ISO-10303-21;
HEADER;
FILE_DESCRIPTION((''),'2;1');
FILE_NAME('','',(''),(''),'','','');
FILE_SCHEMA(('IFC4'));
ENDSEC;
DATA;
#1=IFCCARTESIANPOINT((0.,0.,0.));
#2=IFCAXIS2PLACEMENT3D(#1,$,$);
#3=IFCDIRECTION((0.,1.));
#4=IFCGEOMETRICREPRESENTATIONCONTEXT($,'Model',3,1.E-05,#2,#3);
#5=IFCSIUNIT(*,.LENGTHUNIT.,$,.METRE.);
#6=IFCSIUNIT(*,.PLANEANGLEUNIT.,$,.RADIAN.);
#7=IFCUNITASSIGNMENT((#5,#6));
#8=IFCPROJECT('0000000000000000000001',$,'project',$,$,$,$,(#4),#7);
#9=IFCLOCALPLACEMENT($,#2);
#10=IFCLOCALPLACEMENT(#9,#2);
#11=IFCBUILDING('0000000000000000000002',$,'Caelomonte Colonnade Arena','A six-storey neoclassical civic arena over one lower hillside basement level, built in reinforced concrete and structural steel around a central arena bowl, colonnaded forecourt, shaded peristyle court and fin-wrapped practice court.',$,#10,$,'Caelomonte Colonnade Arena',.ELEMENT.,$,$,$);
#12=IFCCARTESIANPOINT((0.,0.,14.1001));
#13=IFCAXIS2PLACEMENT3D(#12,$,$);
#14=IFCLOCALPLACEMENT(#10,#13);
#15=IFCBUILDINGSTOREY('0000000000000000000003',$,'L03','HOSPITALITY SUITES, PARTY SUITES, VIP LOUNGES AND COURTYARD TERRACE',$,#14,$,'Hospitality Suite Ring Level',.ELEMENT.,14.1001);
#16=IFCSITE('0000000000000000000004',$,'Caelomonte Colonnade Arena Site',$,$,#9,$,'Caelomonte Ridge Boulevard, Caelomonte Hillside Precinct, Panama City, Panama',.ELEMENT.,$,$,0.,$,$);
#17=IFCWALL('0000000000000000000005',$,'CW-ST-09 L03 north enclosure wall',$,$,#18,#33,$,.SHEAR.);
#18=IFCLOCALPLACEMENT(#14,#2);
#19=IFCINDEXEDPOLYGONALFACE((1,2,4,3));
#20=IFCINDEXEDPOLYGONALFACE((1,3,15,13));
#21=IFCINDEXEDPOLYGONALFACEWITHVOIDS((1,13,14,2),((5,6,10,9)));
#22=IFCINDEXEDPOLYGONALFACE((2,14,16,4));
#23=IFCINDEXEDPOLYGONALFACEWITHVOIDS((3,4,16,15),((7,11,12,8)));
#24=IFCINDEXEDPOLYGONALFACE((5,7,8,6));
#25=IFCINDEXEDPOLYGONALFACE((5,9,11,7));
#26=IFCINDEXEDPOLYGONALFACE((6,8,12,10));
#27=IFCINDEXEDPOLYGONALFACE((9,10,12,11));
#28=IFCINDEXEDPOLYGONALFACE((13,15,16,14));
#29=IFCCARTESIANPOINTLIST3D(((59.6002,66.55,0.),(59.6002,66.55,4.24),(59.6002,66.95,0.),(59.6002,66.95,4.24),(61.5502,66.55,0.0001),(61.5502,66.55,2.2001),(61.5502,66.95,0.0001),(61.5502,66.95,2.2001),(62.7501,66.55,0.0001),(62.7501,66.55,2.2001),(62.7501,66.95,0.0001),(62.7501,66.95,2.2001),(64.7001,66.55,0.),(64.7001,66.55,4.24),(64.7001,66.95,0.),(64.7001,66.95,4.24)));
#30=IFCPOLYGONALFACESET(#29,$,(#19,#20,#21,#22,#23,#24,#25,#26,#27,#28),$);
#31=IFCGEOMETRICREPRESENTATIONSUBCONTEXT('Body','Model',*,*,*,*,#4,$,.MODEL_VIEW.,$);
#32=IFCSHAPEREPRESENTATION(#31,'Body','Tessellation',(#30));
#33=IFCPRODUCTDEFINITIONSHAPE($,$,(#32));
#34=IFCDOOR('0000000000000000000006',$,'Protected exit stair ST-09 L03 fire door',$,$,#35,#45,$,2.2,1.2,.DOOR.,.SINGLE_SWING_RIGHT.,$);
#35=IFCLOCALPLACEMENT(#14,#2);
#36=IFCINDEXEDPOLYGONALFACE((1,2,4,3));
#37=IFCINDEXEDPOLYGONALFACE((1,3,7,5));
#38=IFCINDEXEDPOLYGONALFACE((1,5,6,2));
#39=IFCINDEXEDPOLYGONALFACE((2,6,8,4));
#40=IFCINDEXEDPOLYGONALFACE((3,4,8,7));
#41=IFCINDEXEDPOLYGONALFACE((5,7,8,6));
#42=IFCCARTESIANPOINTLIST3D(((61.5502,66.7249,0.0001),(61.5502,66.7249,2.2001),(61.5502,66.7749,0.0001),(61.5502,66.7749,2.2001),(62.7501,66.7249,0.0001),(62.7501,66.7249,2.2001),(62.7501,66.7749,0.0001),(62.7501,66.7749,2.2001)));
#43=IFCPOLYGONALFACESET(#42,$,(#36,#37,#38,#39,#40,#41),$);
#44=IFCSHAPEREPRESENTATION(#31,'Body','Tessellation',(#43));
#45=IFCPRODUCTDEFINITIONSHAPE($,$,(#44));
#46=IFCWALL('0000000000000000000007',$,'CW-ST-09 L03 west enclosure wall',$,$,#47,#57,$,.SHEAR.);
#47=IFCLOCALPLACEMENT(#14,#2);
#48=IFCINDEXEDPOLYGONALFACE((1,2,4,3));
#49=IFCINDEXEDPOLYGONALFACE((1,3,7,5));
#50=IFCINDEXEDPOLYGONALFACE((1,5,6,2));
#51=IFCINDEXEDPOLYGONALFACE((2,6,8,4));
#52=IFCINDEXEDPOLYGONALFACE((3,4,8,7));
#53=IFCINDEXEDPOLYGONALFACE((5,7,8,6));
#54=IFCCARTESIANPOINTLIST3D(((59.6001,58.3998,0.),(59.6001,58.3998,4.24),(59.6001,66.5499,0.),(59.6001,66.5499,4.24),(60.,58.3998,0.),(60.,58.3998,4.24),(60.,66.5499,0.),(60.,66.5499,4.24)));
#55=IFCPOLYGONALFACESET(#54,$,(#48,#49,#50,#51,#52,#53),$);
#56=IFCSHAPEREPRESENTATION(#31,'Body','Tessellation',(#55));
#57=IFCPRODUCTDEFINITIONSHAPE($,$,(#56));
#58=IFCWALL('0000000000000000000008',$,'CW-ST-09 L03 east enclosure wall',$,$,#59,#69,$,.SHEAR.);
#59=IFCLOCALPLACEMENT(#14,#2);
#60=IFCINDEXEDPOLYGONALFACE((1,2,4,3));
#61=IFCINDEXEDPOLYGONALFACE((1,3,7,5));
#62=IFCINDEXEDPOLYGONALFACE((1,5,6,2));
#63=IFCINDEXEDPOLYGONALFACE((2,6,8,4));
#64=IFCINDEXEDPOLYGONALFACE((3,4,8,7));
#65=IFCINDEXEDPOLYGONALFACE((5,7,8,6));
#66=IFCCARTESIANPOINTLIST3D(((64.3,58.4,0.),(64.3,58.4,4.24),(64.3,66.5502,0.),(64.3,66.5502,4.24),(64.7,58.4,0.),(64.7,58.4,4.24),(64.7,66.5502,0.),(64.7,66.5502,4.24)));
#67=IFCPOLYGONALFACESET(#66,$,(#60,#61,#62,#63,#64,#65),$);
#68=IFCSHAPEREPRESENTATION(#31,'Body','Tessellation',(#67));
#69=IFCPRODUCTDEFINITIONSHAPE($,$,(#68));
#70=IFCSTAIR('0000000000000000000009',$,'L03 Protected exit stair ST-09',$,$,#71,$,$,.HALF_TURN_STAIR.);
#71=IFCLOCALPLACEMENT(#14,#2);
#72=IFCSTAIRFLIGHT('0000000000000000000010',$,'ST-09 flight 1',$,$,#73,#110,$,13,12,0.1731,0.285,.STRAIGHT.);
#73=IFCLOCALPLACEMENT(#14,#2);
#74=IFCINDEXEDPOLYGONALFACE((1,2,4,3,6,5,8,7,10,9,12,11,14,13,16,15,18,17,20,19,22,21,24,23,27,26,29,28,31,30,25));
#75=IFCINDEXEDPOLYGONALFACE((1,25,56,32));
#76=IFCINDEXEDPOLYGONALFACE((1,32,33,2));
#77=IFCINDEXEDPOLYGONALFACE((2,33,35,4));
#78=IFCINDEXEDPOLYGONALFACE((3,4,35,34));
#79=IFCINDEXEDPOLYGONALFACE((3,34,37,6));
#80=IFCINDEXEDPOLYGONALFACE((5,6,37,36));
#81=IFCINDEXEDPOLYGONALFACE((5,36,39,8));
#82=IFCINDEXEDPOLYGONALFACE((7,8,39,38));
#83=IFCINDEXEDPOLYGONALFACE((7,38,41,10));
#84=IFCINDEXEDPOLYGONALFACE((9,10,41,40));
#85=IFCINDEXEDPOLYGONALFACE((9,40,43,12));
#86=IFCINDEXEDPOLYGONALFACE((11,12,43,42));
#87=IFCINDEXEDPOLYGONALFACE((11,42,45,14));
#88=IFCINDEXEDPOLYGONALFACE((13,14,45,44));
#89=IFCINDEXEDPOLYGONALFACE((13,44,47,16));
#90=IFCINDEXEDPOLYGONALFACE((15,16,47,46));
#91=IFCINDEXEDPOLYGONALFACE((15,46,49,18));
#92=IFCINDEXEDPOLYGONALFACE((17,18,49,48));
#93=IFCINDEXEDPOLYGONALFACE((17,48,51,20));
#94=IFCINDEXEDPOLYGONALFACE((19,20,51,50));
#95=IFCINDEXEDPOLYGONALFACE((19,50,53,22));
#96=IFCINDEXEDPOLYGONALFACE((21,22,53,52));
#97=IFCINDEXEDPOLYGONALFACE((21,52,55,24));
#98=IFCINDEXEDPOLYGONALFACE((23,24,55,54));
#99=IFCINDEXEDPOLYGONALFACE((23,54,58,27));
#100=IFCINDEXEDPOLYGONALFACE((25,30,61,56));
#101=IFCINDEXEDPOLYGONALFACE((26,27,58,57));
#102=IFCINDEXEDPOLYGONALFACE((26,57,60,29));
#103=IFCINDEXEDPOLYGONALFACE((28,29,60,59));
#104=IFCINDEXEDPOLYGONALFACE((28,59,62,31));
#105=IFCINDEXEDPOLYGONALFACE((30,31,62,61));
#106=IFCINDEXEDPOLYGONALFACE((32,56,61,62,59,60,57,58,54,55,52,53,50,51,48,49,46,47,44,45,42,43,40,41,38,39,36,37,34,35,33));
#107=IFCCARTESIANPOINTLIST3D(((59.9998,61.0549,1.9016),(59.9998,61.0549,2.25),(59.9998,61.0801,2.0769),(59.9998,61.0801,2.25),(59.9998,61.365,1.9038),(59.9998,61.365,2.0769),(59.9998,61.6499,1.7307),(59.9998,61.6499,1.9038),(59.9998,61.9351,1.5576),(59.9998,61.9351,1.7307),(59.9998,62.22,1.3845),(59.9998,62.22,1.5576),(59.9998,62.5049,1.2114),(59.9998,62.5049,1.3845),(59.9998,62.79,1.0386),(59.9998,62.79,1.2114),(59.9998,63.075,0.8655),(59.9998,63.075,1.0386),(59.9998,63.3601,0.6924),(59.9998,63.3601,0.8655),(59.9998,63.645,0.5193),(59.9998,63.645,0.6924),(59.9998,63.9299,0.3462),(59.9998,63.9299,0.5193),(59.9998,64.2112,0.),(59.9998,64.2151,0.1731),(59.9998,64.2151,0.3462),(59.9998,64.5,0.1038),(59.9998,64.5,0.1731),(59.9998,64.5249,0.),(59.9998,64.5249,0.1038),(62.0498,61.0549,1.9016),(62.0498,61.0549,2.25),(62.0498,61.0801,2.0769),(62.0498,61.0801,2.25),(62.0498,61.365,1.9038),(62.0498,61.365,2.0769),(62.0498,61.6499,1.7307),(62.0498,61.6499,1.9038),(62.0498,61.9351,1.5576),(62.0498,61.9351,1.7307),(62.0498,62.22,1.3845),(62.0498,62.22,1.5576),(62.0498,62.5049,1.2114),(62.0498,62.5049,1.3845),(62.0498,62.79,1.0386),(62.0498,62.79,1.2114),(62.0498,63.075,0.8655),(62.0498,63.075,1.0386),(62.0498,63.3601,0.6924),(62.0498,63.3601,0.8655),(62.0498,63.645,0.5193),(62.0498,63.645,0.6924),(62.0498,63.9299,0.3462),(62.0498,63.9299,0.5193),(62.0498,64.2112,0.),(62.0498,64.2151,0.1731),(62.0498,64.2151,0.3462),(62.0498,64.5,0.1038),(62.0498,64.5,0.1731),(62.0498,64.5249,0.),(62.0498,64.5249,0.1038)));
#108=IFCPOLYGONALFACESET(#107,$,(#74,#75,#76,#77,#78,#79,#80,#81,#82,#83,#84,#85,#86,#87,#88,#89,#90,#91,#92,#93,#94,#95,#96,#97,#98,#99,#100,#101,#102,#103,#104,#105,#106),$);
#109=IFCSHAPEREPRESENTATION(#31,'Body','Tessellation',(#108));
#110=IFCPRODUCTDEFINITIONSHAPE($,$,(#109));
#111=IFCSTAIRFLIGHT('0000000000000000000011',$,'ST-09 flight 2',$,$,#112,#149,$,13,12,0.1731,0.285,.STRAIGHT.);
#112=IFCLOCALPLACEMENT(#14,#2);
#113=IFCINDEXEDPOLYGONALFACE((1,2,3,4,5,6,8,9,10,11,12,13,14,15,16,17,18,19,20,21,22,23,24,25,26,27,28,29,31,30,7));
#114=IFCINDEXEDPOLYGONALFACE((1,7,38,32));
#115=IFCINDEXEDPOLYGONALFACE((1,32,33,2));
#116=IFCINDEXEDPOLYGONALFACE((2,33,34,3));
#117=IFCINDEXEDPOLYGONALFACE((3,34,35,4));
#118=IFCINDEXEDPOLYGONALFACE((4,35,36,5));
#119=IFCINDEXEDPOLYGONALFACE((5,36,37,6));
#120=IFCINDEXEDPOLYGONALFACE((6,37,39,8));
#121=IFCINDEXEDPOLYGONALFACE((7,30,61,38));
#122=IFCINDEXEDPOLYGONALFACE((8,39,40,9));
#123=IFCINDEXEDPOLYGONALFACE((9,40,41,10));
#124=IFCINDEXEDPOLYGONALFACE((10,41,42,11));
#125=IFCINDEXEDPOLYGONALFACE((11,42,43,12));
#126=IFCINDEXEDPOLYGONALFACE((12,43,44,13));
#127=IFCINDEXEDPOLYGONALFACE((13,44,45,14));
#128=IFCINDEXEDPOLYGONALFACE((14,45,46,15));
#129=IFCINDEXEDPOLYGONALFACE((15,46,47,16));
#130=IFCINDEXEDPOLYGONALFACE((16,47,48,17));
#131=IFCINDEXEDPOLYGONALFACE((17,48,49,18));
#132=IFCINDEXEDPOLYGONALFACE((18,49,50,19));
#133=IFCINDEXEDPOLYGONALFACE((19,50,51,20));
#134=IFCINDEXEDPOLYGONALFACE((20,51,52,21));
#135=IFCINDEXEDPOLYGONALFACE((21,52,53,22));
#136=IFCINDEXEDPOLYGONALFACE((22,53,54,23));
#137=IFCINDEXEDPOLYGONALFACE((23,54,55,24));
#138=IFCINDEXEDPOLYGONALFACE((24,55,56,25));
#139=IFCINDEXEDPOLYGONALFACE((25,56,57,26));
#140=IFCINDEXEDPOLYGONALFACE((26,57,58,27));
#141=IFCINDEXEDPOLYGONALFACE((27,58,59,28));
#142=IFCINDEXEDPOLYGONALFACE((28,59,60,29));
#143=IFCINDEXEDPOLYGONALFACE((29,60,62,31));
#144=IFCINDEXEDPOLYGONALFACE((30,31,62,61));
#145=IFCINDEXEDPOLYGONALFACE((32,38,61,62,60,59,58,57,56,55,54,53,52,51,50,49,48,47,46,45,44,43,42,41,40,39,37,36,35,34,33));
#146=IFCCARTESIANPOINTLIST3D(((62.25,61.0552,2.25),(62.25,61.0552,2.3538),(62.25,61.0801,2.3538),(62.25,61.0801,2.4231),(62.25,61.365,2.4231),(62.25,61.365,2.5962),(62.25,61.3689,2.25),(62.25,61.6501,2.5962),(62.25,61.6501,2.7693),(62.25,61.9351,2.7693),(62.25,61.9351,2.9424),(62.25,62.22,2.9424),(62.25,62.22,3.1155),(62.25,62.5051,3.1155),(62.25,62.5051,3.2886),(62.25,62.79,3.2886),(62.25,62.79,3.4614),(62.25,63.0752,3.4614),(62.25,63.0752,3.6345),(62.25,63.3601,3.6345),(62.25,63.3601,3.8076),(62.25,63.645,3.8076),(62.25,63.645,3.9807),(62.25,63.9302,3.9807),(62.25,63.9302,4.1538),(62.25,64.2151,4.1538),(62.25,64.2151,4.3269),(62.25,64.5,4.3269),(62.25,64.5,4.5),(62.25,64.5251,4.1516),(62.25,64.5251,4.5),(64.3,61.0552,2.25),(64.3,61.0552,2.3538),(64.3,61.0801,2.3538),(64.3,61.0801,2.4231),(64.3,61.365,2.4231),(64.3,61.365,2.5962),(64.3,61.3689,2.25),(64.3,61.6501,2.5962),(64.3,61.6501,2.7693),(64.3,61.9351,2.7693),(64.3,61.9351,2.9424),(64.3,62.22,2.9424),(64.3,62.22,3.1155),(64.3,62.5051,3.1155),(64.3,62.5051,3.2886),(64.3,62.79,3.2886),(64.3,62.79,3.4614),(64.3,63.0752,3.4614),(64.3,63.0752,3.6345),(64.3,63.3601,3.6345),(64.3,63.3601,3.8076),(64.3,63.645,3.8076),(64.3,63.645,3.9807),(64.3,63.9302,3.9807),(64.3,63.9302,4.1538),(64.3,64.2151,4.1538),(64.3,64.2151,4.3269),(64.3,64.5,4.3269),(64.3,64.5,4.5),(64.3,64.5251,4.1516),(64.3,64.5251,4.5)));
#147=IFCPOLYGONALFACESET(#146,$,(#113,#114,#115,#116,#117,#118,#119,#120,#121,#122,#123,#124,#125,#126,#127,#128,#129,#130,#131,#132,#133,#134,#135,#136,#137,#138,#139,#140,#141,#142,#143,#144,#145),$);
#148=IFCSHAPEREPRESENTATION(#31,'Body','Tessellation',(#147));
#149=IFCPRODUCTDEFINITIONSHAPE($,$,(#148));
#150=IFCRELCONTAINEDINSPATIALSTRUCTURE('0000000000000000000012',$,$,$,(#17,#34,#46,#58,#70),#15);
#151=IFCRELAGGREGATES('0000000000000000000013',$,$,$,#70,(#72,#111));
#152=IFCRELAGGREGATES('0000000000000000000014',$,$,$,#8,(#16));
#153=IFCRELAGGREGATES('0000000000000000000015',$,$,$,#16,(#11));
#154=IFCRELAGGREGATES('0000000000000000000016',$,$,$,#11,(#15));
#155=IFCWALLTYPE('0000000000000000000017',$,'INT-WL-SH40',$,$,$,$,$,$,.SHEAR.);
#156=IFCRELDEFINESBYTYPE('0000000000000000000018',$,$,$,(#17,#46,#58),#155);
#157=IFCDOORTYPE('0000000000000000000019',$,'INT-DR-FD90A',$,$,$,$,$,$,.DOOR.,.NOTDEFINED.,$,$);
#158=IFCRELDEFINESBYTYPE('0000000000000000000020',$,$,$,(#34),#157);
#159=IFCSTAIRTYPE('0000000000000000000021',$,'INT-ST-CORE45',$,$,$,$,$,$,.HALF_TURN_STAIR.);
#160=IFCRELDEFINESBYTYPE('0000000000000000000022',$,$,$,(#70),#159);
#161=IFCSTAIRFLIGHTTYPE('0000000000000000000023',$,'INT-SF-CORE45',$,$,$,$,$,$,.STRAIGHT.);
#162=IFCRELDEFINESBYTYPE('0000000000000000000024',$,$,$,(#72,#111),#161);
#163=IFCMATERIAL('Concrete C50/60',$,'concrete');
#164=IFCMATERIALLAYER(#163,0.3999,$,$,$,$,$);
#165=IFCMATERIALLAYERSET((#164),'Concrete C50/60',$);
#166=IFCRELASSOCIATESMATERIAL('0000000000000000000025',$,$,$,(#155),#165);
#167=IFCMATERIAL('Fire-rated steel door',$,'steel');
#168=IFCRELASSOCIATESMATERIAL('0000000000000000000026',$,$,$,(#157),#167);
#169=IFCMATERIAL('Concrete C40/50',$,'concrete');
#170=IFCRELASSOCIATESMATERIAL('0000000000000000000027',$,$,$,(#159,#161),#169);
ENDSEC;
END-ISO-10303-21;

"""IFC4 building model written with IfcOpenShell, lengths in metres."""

from ifc_helpers import new_model, si_unit, direction, frame, frame_2d, origin, place, context, subcontext, project, spatial, polyline, rectangle, outline, extrude, material, layer, layer_set, type_object, element, fill, aggregate, save


model = new_model("IFC4")

# Units and contexts
model_context = context("Model", 3, precision=1e-05, world=origin(), true_north=direction((0.0, 1.0)))
body_context = subcontext(model_context, "Body", "Model", "MODEL_VIEW")
ifc_project = project(units=[si_unit("LENGTHUNIT", "METRE"), si_unit("PLANEANGLEUNIT", "RADIAN")], contexts=[model_context])

# Site, building, storey
site_placement = place(None, origin())
site = spatial("IfcSite", under=ifc_project, at=site_placement, Name="Caelomonte Colonnade Arena Site", LongName="Caelomonte Ridge Boulevard, Caelomonte Hillside Precinct, Panama City, Panama", CompositionType="ELEMENT", RefElevation=0.0)
building_placement = place(site_placement, origin())
building = spatial("IfcBuilding", under=site, at=building_placement, Name="Caelomonte Colonnade Arena", Description="A six-storey neoclassical civic arena over one lower hillside basement level, built in reinforced concrete and structural steel around a central arena bowl, colonnaded forecourt, shaded peristyle court and fin-wrapped practice court.", LongName="Caelomonte Colonnade Arena", CompositionType="ELEMENT")
storey_placement = place(building_placement, frame((0.0, 0.0, 14.1001)))
storey = spatial("IfcBuildingStorey", under=building, at=storey_placement, Name="L03", Description="HOSPITALITY SUITES, PARTY SUITES, VIP LOUNGES AND COURTYARD TERRACE", LongName="Hospitality Suite Ring Level", CompositionType="ELEMENT", Elevation=14.1001)

# Shared definitions
ifc_material_1 = material(Name="Concrete C40/50", Category="concrete")

# Shared definitions
ifc_material_2 = material(Name="Concrete C50/60", Category="concrete")
ifc_layer_1 = layer(ifc_material_2, 0.3999)
ifc_layer_set_1 = layer_set([ifc_layer_1], Name="Concrete C50/60")
wall_type_1 = type_object("IfcWallType", Name="INT-WL-SH40", PredefinedType="SHEAR", material=ifc_layer_set_1)

# Wall, opening, door
wall_1_placement = place(storey_placement, frame((64.7, 66.75, 0.0), z_axis=(0.0, 0.0, 1.0), x_axis=(-1.0, 0.0, 0.0)))
wall_1 = element("IfcWall", 1, at=wall_1_placement, inside=storey, type_object=wall_type_1, Name="CW-ST-09 L03 north enclosure wall", PredefinedType="SHEAR", context=body_context, shape_type="SweptSolid", body=[
    extrude(rectangle(XDim=5.0999, YDim=0.3999, at=frame_2d((2.5498, 0.0))), origin(), (0.0, 0.0, 1.0), 4.24),
])
opening_placement = place(wall_1_placement, frame((3.1499, 0.0, 0.0), z_axis=(0.0, 0.0, 1.0), x_axis=(-1.0, 0.0, 0.0)))
opening = element("IfcOpeningElement", 2, at=opening_placement, cuts=wall_1, PredefinedType="OPENING", context=body_context, shape_type="SweptSolid", body=[
    extrude(rectangle(XDim=1.2, YDim=2.2, at=frame_2d((0.6001, 1.1001))), frame((0.0, 0.21, 0.0), z_axis=(0.0, -1.0, 0.0), x_axis=(1.0, 0.0, 0.0)), (0.0, 0.0, 1.0), 0.4199),
])
ifc_material_3 = material(Name="Fire-rated steel door", Category="steel")
door_type = type_object("IfcDoorType", Name="INT-DR-FD90A", OperationType="NOTDEFINED", PredefinedType="DOOR", material=ifc_material_3)
door_placement = place(opening_placement, origin())
door = element("IfcDoor", 3, at=door_placement, inside=storey, type_object=door_type, Name="Protected exit stair ST-09 L03 fire door", OperationType="SINGLE_SWING_RIGHT", OverallHeight=2.2, OverallWidth=1.2, PredefinedType="DOOR", context=body_context, shape_type="SweptSolid", body=[
    extrude(rectangle(XDim=1.2, YDim=2.2, at=frame_2d((0.6001, 1.1001))), frame((0.0, 0.0249, 0.0), z_axis=(0.0, -1.0, 0.0), x_axis=(1.0, 0.0, 0.0)), (0.0, 0.0, 1.0), 0.05),
])
fill(opening, door)

# Walls
for number, where, z_axis, x_axis, name in (
    (4, (59.8, 66.55, 0.0), (0.0, 0.0, 1.0), (0.0, -1.0, 0.0), "CW-ST-09 L03 west enclosure wall"),
    (5, (64.5, 58.3999, 0.0), (0.0, 0.0, 1.0), (0.0, 1.0, 0.0), "CW-ST-09 L03 east enclosure wall"),
):
    element("IfcWall", number, at=place(storey_placement, frame(where, z_axis=z_axis, x_axis=x_axis)), inside=storey, type_object=wall_type_1, Name=name, PredefinedType="SHEAR", context=body_context, shape_type="SweptSolid", body=[
        extrude(rectangle(XDim=8.1501, YDim=0.3999, at=frame_2d((4.0752, 0.0))), origin(), (0.0, 0.0, 1.0), 4.24),
    ])

# Stair, stair flights
stair_type = type_object("IfcStairType", Name="INT-ST-CORE45", PredefinedType="HALF_TURN_STAIR", material=ifc_material_1)
stair_placement = place(storey_placement, origin())
stair = element("IfcStair", 6, at=stair_placement, inside=storey, type_object=stair_type, Name="L03 Protected exit stair ST-09", PredefinedType="HALF_TURN_STAIR")
stair_flight_type = type_object("IfcStairFlightType", Name="INT-SF-CORE45", PredefinedType="STRAIGHT", material=ifc_material_1)
stair_flight_1_placement = place(storey_placement, frame((61.0249, 64.5, 0.0), z_axis=(0.0, 0.0, 1.0), x_axis=(0.0, -1.0, 0.0)))
stair_flight_1 = element("IfcStairFlight", 7, at=stair_flight_1_placement, type_object=stair_flight_type, Name="ST-09 flight 1", NumberOfRisers=13, NumberOfTreads=12, PredefinedType="STRAIGHT", RiserHeight=0.1731, TreadLength=0.285, context=body_context, shape_type="SweptSolid", body=[
    extrude(outline(polyline([(-0.0249, 0.0), (-0.0249, 0.1038), (0.0, 0.1038), (0.0, 0.1731), (0.2849, 0.1731), (0.2849, 0.3462), (0.5701, 0.3462), (0.5701, 0.5193), (0.855, 0.5193), (0.855, 0.6924), (1.1399, 0.6924), (1.1399, 0.8655), (1.425, 0.8655), (1.425, 1.0386), (1.71, 1.0386), (1.71, 1.2114), (1.9951, 1.2114), (1.9951, 1.3845), (2.28, 1.3845), (2.28, 1.5576), (2.5649, 1.5576), (2.5649, 1.7307), (2.8501, 1.7307), (2.8501, 1.9038), (3.135, 1.9038), (3.135, 2.0769), (3.4199, 2.0769), (3.4199, 2.25), (3.4451, 2.25), (3.4451, 1.9016), (0.2888, 0.0), (-0.0249, 0.0)])), frame((0.0, 1.0249, 0.0), z_axis=(0.0, -1.0, 0.0), x_axis=(1.0, 0.0, 0.0)), (0.0, 0.0, 1.0), 2.05),
])
stair_flight_2_placement = place(storey_placement, frame((63.2749, 61.0801, 2.25), z_axis=(0.0, 0.0, 1.0), x_axis=(0.0, 1.0, 0.0)))
stair_flight_2 = element("IfcStairFlight", 8, at=stair_flight_2_placement, type_object=stair_flight_type, Name="ST-09 flight 2", NumberOfRisers=13, NumberOfTreads=12, PredefinedType="STRAIGHT", RiserHeight=0.1731, TreadLength=0.285, context=body_context, shape_type="SweptSolid", body=[
    extrude(outline(polyline([(-0.0249, 0.0), (-0.0249, 0.1038), (0.0, 0.1038), (0.0, 0.1731), (0.2849, 0.1731), (0.2849, 0.3462), (0.5701, 0.3462), (0.5701, 0.5193), (0.855, 0.5193), (0.855, 0.6924), (1.1399, 0.6924), (1.1399, 0.8655), (1.425, 0.8655), (1.425, 1.0386), (1.71, 1.0386), (1.71, 1.2114), (1.9951, 1.2114), (1.9951, 1.3845), (2.28, 1.3845), (2.28, 1.5576), (2.5649, 1.5576), (2.5649, 1.7307), (2.8501, 1.7307), (2.8501, 1.9038), (3.135, 1.9038), (3.135, 2.0769), (3.4199, 2.0769), (3.4199, 2.25), (3.4451, 2.25), (3.4451, 1.9016), (0.2888, 0.0), (-0.0249, 0.0)])), frame((0.0, 1.0249, 0.0), z_axis=(0.0, -1.0, 0.0), x_axis=(1.0, 0.0, 0.0)), (0.0, 0.0, 1.0), 2.05),
])
aggregate(stair, [stair_flight_1, stair_flight_2])

save(model, "model.ifc")
